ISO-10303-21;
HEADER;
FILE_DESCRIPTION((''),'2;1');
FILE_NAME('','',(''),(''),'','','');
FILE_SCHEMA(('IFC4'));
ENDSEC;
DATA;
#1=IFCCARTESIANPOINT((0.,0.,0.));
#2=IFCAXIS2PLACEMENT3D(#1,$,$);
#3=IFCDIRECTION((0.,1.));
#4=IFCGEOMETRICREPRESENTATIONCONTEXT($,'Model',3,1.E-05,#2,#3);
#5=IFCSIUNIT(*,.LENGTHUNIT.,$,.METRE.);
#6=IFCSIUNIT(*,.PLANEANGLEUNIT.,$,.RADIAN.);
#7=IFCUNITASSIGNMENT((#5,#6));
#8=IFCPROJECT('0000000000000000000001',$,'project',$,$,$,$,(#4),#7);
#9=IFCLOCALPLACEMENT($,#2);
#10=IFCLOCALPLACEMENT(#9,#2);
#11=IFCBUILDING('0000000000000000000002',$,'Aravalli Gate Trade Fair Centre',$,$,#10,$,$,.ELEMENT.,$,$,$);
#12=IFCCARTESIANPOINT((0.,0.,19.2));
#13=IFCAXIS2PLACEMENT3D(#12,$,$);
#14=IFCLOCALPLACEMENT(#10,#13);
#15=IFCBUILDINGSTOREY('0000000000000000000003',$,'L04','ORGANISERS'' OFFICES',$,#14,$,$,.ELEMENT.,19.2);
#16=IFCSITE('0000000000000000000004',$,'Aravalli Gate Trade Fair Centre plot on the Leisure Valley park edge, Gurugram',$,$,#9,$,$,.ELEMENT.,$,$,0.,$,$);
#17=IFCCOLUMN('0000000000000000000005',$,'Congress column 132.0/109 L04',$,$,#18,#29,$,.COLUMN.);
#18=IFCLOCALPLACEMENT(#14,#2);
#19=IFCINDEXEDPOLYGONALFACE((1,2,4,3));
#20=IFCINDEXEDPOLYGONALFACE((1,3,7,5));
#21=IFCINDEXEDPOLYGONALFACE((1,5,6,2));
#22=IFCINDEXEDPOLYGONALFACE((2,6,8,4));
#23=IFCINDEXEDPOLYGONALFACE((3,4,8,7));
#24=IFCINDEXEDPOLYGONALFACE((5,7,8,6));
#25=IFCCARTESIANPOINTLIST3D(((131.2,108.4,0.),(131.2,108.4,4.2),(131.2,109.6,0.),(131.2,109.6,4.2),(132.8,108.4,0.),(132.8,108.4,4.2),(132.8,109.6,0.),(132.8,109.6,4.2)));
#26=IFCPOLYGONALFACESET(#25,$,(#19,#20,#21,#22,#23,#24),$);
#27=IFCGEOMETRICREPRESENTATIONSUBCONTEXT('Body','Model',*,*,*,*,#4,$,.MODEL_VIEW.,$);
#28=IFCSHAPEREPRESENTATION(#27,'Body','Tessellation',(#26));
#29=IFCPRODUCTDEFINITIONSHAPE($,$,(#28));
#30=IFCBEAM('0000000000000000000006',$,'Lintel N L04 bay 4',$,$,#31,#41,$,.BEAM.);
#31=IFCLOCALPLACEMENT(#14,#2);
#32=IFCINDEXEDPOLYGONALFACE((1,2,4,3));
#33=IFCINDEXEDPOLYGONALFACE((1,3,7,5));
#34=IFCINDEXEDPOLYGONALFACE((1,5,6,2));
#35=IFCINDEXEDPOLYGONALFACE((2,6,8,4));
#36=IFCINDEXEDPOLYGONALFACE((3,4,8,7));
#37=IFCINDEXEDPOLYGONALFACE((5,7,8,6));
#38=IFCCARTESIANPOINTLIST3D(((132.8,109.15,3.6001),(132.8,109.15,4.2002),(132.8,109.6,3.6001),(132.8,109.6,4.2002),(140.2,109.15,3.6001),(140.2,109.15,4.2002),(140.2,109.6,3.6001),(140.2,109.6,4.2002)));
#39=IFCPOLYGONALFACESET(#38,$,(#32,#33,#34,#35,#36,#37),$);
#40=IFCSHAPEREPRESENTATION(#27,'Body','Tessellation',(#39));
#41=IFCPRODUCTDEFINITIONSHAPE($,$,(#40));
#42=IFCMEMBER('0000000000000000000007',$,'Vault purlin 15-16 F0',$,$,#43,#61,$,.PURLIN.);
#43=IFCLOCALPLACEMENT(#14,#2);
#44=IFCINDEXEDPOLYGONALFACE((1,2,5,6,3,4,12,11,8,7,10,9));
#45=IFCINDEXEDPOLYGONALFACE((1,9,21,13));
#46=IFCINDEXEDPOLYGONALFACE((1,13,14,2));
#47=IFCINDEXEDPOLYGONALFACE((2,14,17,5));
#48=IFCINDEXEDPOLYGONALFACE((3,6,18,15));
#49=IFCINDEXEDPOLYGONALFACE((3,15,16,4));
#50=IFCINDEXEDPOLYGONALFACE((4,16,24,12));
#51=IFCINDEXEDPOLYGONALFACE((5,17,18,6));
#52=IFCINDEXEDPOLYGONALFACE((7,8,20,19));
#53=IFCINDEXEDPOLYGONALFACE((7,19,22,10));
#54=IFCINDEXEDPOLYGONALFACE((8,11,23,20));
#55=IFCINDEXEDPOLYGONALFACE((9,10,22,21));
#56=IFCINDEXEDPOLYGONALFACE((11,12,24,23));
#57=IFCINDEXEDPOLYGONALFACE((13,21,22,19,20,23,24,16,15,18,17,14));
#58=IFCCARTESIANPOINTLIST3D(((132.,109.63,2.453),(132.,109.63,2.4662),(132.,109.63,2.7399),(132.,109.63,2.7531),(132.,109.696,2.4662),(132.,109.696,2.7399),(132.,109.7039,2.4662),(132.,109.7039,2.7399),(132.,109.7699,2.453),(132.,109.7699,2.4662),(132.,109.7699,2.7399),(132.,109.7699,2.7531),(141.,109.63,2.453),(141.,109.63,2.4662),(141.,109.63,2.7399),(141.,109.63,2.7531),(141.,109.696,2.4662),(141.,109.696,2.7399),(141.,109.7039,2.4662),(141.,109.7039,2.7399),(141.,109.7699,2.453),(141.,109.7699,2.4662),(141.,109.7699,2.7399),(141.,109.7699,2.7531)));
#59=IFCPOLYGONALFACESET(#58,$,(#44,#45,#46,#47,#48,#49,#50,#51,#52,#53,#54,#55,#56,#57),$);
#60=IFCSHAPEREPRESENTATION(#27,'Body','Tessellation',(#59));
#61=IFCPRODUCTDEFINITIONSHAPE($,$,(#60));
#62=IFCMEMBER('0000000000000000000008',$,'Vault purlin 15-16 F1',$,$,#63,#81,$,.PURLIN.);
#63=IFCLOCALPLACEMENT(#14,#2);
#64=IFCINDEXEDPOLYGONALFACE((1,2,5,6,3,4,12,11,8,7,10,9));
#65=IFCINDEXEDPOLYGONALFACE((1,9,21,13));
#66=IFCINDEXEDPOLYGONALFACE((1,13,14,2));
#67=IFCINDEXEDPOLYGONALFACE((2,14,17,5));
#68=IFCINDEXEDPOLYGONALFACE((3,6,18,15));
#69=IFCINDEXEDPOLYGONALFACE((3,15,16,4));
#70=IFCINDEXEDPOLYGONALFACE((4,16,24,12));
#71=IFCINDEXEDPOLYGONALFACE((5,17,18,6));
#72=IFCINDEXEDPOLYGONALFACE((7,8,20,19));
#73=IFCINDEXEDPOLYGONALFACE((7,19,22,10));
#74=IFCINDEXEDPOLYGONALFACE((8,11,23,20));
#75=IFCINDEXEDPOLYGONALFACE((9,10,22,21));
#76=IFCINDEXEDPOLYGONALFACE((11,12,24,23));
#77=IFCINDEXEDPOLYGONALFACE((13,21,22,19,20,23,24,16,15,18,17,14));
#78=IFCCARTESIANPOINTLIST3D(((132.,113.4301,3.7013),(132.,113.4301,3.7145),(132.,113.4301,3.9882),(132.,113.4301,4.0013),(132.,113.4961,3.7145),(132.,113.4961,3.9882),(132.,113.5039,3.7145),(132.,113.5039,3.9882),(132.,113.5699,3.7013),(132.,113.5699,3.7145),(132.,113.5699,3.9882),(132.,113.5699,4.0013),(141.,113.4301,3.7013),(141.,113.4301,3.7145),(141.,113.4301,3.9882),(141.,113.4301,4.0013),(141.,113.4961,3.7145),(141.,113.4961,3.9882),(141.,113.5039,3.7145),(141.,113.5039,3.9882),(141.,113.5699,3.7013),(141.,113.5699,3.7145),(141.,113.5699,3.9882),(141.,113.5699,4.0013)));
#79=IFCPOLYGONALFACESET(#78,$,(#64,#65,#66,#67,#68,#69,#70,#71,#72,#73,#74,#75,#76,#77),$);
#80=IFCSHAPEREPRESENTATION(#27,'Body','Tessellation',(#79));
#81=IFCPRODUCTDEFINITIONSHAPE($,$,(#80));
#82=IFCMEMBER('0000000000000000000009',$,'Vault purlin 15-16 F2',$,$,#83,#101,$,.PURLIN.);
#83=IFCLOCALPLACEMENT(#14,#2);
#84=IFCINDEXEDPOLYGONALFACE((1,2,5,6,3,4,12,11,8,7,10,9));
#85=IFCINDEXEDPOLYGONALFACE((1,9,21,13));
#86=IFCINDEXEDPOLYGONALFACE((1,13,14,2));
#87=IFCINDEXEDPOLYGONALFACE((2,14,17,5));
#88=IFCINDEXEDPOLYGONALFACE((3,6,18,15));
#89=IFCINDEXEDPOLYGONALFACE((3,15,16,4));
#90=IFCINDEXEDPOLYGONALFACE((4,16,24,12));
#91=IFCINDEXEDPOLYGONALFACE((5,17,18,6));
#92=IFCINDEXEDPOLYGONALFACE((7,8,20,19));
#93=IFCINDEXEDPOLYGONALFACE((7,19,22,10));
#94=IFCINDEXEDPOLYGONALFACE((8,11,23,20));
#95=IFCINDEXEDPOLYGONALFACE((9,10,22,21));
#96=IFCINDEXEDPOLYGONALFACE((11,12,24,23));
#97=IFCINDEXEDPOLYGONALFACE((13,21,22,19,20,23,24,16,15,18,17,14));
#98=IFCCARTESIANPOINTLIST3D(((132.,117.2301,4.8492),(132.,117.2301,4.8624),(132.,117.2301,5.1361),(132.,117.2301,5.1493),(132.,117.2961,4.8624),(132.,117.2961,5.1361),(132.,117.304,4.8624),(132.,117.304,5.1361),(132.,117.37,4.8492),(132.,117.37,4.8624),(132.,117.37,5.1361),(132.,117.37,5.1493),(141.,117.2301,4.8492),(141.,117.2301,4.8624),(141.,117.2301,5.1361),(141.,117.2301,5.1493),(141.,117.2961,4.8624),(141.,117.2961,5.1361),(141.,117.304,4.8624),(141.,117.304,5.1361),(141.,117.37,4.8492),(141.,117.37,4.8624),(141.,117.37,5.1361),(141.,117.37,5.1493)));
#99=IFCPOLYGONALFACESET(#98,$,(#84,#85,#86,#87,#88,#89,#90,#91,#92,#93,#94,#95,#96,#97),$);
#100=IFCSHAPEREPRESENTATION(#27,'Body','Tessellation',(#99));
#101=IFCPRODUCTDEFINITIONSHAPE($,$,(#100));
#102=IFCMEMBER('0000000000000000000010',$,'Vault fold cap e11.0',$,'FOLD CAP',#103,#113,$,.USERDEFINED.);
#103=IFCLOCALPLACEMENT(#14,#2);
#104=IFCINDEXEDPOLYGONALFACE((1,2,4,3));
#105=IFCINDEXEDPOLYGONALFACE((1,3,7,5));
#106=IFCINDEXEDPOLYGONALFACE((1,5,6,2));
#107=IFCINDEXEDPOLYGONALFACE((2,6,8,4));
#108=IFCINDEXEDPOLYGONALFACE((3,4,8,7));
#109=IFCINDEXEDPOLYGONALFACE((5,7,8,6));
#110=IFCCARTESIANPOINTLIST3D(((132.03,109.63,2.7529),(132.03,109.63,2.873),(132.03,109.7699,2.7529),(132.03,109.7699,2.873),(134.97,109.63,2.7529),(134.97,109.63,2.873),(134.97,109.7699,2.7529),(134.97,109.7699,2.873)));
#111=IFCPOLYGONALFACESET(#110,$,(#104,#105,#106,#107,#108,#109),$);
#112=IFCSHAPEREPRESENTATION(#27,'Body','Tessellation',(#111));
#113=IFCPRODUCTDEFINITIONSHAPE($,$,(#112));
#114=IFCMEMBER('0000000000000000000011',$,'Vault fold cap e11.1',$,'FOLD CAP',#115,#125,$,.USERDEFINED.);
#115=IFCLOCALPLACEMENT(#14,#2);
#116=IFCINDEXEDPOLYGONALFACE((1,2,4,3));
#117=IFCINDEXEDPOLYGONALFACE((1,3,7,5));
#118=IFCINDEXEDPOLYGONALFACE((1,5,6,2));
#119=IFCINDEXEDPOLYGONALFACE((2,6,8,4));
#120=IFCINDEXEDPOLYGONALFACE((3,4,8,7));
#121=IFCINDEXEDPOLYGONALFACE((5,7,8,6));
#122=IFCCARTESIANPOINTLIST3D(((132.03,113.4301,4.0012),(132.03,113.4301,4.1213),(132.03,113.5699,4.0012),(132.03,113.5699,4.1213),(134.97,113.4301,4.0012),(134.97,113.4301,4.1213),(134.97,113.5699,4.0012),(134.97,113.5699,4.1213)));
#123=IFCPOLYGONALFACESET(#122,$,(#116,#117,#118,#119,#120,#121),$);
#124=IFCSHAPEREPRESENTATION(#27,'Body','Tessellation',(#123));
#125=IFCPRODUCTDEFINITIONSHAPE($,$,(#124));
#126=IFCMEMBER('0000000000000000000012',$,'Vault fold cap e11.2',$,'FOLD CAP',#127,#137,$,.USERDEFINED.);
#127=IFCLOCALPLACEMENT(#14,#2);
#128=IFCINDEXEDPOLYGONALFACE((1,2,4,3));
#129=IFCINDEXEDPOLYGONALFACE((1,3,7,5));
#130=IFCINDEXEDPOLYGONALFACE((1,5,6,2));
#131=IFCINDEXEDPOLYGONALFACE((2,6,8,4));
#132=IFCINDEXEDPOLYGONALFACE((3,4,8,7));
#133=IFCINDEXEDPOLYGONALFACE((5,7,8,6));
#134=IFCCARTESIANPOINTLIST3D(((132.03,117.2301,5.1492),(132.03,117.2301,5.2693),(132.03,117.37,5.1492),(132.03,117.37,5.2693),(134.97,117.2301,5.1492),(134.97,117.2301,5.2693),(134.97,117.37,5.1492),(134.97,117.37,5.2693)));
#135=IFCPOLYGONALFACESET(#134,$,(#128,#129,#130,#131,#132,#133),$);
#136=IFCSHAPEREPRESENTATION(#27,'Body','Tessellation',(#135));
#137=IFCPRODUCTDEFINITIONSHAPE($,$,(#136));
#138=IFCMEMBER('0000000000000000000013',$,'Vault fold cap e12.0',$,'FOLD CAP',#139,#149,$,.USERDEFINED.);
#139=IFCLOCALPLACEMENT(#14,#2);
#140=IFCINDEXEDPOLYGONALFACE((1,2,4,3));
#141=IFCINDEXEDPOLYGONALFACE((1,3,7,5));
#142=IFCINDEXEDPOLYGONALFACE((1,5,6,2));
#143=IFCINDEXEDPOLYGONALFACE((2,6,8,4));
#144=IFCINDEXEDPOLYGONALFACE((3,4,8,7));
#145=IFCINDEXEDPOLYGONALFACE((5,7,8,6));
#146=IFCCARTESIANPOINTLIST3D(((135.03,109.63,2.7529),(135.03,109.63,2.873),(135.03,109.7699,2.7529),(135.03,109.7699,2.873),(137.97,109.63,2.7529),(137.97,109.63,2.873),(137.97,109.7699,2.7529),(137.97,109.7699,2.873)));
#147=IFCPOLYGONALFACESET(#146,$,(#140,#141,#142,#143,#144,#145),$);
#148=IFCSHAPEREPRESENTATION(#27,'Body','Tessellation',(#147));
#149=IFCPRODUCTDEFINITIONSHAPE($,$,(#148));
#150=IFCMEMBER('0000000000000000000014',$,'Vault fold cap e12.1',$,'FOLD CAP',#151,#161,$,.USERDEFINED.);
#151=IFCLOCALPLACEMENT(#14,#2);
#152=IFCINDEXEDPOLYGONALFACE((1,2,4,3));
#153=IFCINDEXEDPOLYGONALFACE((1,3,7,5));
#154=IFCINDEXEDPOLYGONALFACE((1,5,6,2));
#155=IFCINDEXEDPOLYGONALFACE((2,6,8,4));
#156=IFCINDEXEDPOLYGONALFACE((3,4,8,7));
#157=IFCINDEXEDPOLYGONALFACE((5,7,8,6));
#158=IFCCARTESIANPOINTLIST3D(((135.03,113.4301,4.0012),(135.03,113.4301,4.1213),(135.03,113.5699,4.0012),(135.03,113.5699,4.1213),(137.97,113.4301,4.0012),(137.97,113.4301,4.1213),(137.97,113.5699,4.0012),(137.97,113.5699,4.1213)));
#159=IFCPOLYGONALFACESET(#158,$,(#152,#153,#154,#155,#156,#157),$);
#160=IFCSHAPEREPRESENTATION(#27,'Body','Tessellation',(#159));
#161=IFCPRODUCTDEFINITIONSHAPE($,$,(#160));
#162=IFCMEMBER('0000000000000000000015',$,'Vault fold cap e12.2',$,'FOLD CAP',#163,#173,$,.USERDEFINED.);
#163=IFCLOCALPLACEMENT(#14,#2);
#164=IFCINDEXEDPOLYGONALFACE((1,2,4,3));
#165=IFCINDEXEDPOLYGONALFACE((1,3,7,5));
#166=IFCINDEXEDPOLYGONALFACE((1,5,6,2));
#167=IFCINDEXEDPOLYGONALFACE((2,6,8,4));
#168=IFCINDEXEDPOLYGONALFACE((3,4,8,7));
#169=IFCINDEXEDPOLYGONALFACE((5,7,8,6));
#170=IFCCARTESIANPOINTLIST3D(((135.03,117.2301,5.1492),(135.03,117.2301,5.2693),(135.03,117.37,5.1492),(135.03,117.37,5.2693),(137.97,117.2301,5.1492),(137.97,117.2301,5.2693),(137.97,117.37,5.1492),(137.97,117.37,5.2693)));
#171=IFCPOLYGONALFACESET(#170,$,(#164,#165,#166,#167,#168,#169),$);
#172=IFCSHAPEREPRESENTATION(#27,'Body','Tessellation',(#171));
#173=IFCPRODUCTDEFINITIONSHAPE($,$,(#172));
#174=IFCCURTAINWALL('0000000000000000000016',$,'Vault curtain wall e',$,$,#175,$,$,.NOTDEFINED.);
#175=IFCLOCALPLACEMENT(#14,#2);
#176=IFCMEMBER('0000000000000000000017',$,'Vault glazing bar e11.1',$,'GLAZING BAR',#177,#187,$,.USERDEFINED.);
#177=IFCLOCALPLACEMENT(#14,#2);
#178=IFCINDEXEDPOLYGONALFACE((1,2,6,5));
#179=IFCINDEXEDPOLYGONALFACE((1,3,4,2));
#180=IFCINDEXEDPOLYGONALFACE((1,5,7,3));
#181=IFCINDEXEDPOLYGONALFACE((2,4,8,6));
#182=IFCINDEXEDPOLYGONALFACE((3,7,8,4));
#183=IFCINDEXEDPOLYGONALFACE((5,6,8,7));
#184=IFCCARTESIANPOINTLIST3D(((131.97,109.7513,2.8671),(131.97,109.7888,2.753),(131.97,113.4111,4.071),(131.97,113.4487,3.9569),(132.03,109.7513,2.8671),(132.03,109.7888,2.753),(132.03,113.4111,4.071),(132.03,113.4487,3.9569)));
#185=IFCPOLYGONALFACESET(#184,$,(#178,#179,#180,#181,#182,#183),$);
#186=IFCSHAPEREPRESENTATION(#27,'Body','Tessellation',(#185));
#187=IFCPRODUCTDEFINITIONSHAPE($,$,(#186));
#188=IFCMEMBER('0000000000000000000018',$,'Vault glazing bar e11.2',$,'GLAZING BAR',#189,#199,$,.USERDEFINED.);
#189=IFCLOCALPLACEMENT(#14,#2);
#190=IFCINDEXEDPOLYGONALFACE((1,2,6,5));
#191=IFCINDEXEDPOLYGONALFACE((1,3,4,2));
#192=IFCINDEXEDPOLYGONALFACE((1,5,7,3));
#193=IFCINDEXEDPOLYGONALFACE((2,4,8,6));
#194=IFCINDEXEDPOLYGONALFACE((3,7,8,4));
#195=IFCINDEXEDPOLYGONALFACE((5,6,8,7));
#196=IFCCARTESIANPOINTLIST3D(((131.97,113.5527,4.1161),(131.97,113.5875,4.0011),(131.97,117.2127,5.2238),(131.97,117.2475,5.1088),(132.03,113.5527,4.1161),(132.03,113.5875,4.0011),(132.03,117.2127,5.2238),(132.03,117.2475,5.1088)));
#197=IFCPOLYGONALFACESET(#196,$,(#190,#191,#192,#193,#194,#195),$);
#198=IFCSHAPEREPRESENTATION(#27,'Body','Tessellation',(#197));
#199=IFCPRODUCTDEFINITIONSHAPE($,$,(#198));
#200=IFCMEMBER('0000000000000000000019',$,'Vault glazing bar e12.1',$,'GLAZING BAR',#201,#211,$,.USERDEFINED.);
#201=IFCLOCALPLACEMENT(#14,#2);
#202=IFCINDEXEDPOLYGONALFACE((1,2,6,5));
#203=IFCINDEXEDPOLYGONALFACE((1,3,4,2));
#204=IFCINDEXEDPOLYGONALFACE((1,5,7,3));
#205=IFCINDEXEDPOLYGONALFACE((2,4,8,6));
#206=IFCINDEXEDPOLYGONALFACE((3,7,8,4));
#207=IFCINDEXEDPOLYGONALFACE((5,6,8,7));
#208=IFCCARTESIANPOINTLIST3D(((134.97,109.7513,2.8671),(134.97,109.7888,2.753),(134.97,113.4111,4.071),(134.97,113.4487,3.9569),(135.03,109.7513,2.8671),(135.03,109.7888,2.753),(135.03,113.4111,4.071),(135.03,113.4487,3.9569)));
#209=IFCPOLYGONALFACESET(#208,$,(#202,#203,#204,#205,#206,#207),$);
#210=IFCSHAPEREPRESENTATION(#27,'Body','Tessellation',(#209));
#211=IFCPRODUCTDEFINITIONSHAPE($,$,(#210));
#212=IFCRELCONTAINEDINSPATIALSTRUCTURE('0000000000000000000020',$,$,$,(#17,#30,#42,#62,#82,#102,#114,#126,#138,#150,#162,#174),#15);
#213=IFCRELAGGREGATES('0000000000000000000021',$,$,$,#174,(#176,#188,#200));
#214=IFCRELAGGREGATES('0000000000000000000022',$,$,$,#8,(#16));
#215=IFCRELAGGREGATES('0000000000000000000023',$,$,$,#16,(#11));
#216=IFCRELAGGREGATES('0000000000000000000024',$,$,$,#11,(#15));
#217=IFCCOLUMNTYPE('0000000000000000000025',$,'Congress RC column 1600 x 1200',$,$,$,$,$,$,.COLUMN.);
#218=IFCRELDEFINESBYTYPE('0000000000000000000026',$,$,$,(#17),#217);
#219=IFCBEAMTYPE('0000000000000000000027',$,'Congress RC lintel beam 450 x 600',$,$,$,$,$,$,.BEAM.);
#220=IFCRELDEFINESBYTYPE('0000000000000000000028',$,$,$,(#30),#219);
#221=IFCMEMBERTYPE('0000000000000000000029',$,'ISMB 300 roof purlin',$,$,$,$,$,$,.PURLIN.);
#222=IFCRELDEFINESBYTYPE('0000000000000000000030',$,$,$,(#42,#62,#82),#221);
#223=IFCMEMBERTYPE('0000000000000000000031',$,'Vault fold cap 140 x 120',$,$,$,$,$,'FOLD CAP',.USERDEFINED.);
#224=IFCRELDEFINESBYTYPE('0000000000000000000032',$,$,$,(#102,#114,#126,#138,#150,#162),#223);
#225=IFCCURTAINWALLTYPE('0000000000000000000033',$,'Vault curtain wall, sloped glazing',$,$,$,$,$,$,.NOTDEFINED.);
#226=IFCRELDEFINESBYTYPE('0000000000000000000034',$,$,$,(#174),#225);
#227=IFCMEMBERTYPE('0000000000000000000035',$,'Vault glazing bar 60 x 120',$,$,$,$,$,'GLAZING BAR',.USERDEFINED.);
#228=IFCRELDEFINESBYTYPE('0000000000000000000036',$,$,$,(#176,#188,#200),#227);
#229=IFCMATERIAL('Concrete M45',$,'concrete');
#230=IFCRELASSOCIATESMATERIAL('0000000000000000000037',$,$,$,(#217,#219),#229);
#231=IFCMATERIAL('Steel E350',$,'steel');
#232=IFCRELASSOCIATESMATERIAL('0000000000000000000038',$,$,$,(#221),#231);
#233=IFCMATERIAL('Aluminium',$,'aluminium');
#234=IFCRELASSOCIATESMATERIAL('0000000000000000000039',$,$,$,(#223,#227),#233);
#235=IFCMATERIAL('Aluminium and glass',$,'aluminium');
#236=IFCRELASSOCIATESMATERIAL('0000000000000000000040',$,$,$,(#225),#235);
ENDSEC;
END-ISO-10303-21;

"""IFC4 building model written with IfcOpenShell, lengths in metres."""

from ifc_helpers import new_model, si_unit, direction, frame, origin, origin_2d, place, context, subcontext, project, spatial, rectangle, i_section, extrude, material, material_profile, profile_set, type_object, element, aggregate, save


model = new_model("IFC4")

# Units and contexts
model_context = context("Model", 3, precision=1e-05, world=origin(), true_north=direction((0.0, 1.0)))
body_context = subcontext(model_context, "Body", "Model", "MODEL_VIEW")
ifc_project = project(units=[si_unit("LENGTHUNIT", "METRE"), si_unit("PLANEANGLEUNIT", "RADIAN")], contexts=[model_context])

# Site, building, storey
site_placement = place(None, origin())
site = spatial("IfcSite", under=ifc_project, at=site_placement, Name="Aravalli Gate Trade Fair Centre plot on the Leisure Valley park edge, Gurugram", CompositionType="ELEMENT", RefElevation=0.0)
building_placement = place(site_placement, origin())
building = spatial("IfcBuilding", under=site, at=building_placement, Name="Aravalli Gate Trade Fair Centre", CompositionType="ELEMENT")
storey_placement = place(building_placement, frame((0.0, 0.0, 19.2)))
storey = spatial("IfcBuildingStorey", under=building, at=storey_placement, Name="L04", Description="ORGANISERS' OFFICES", CompositionType="ELEMENT", Elevation=19.2)

# Column
ifc_material_1 = material(Name="Concrete M45", Category="concrete")
ifc_material_profile_1 = material_profile(ifc_material_1, rectangle(XDim=1.6001, YDim=1.2, at=origin_2d()), Name="RC 1600x1200")
ifc_profile_set_1 = profile_set([ifc_material_profile_1], Name="Concrete M45")
column_type = type_object("IfcColumnType", Name="Congress RC column 1600 x 1200", PredefinedType="COLUMN", material=ifc_profile_set_1)
column_placement = place(storey_placement, frame((132.0, 109.0, 0.0), z_axis=(0.0, 0.0, 1.0), x_axis=(1.0, 0.0, 0.0)))
element("IfcColumn", 1, at=column_placement, inside=storey, type_object=column_type, Name="Congress column 132.0/109 L04", PredefinedType="COLUMN", context=body_context, shape_type="SweptSolid", body=[
    extrude(rectangle(XDim=1.6001, YDim=1.2, at=origin_2d()), origin(), (0.0, 0.0, 1.0), 4.2),
])

# Beam
ifc_material_profile_2 = material_profile(ifc_material_1, rectangle(XDim=0.45, YDim=0.6001, at=origin_2d()), Name="RC 450x600")
ifc_profile_set_2 = profile_set([ifc_material_profile_2], Name="Concrete M45")
beam_type = type_object("IfcBeamType", Name="Congress RC lintel beam 450 x 600", PredefinedType="BEAM", material=ifc_profile_set_2)
beam_placement = place(storey_placement, frame((132.8, 109.375, 3.9001), z_axis=(1.0, 0.0, 0.0), x_axis=(0.0, 1.0, 0.0)))
element("IfcBeam", 2, at=beam_placement, inside=storey, type_object=beam_type, Name="Lintel N L04 bay 4", PredefinedType="BEAM", context=body_context, shape_type="SweptSolid", body=[
    extrude(rectangle(XDim=0.45, YDim=0.6001, at=origin_2d()), origin(), (0.0, 0.0, 1.0), 7.3999),
])

# Members
ifc_material_2 = material(Name="Steel E350", Category="steel")
ifc_material_profile_3 = material_profile(ifc_material_2, i_section(OverallWidth=0.1399, OverallDepth=0.3, WebThickness=0.0078, FlangeThickness=0.0132, at=origin_2d()), Name="ISMB 300")
ifc_profile_set_3 = profile_set([ifc_material_profile_3], Name="Steel E350")
member_type_1 = type_object("IfcMemberType", Name="ISMB 300 roof purlin", PredefinedType="PURLIN", material=ifc_profile_set_3)
for number, where, z_axis, x_axis, name in (
    (3, (132.0, 109.7, 2.603), (1.0, 0.0, 0.0), (0.0, 1.0, 0.0), "Vault purlin 15-16 F0"),
    (4, (132.0, 113.5, 3.8513), (1.0, 0.0, 0.0), (0.0, 1.0, 0.0), "Vault purlin 15-16 F1"),
    (5, (132.0, 117.3, 4.9993), (1.0, 0.0, 0.0), (0.0, 1.0, 0.0), "Vault purlin 15-16 F2"),
):
    element("IfcMember", number, at=place(storey_placement, frame(where, z_axis=z_axis, x_axis=x_axis)), inside=storey, type_object=member_type_1, Name=name, PredefinedType="PURLIN", context=body_context, shape_type="SweptSolid", body=[
        extrude(i_section(OverallWidth=0.1399, OverallDepth=0.3, WebThickness=0.0078, FlangeThickness=0.0132, at=origin_2d()), origin(), (0.0, 0.0, 1.0), 9.0),
    ])
ifc_material_3 = material(Name="Aluminium", Category="aluminium")
ifc_material_profile_4 = material_profile(ifc_material_3, rectangle(XDim=0.1399, YDim=0.1201, at=origin_2d()), Name="Vault fold cap 140 x 120")
ifc_profile_set_4 = profile_set([ifc_material_profile_4], Name="Aluminium")
member_type_2 = type_object("IfcMemberType", Name="Vault fold cap 140 x 120", ElementType="FOLD CAP", PredefinedType="USERDEFINED", material=ifc_profile_set_4)
for number, where, z_axis, x_axis, name in (
    (6, (132.03, 109.7, 2.813), (1.0, 0.0, 0.0), (0.0, 1.0, 0.0), "Vault fold cap e11.0"),
    (7, (132.03, 113.5, 4.0613), (1.0, 0.0, 0.0), (0.0, 1.0, 0.0), "Vault fold cap e11.1"),
    (8, (132.03, 117.3, 5.2092), (1.0, 0.0, 0.0), (0.0, 1.0, 0.0), "Vault fold cap e11.2"),
    (9, (135.03, 109.7, 2.813), (1.0, 0.0, 0.0), (0.0, 1.0, 0.0), "Vault fold cap e12.0"),
    (10, (135.03, 113.5, 4.0613), (1.0, 0.0, 0.0), (0.0, 1.0, 0.0), "Vault fold cap e12.1"),
    (11, (135.03, 117.3, 5.2092), (1.0, 0.0, 0.0), (0.0, 1.0, 0.0), "Vault fold cap e12.2"),
):
    element("IfcMember", number, at=place(storey_placement, frame(where, z_axis=z_axis, x_axis=x_axis)), inside=storey, type_object=member_type_2, Name=name, ObjectType="FOLD CAP", PredefinedType="USERDEFINED", context=body_context, shape_type="SweptSolid", body=[
        extrude(rectangle(XDim=0.1399, YDim=0.1201, at=origin_2d()), origin(), (0.0, 0.0, 1.0), 2.9399),
    ])

# Curtain wall, members
ifc_material_4 = material(Name="Aluminium and glass", Category="aluminium")
curtain_wall_type = type_object("IfcCurtainWallType", Name="Vault curtain wall, sloped glazing", PredefinedType="NOTDEFINED", material=ifc_material_4)
curtain_wall_placement = place(storey_placement, origin())
curtain_wall = element("IfcCurtainWall", 12, at=curtain_wall_placement, inside=storey, type_object=curtain_wall_type, Name="Vault curtain wall e", PredefinedType="NOTDEFINED")
ifc_material_profile_5 = material_profile(ifc_material_3, rectangle(XDim=0.0601, YDim=0.1201, at=origin_2d()), Name="Vault glazing bar 60 x 120")
ifc_profile_set_5 = profile_set([ifc_material_profile_5], Name="Aluminium")
member_type_3 = type_object("IfcMemberType", Name="Vault glazing bar 60 x 120", ElementType="GLAZING BAR", PredefinedType="USERDEFINED", material=ifc_profile_set_5)
member_1_placement = place(storey_placement, frame((132.0, 109.77, 2.8101), z_axis=(0.0, 0.94993, 0.312461), x_axis=(-1.0, 0.0, 0.0)))
member_1 = element("IfcMember", 13, at=member_1_placement, type_object=member_type_3, Name="Vault glazing bar e11.1", ObjectType="GLAZING BAR", PredefinedType="USERDEFINED", context=body_context, shape_type="SweptSolid", body=[
    extrude(rectangle(XDim=0.0601, YDim=0.1201, at=origin_2d()), origin(), (0.0, 0.0, 1.0), 3.8528),
])
member_2_placement = place(storey_placement, frame((132.0, 113.5701, 4.0586), z_axis=(0.0, 0.957126, 0.289672), x_axis=(-1.0, 0.0, 0.0)))
member_2 = element("IfcMember", 14, at=member_2_placement, type_object=member_type_3, Name="Vault glazing bar e11.2", ObjectType="GLAZING BAR", PredefinedType="USERDEFINED", context=body_context, shape_type="SweptSolid", body=[
    extrude(rectangle(XDim=0.0601, YDim=0.1201, at=origin_2d()), origin(), (0.0, 0.0, 1.0), 3.824),
])
member_3_placement = place(storey_placement, frame((135.0, 109.77, 2.8101), z_axis=(0.0, 0.94993, 0.312461), x_axis=(-1.0, 0.0, 0.0)))
member_3 = element("IfcMember", 15, at=member_3_placement, type_object=member_type_3, Name="Vault glazing bar e12.1", ObjectType="GLAZING BAR", PredefinedType="USERDEFINED", context=body_context, shape_type="SweptSolid", body=[
    extrude(rectangle(XDim=0.0601, YDim=0.1201, at=origin_2d()), origin(), (0.0, 0.0, 1.0), 3.8528),
])
aggregate(curtain_wall, [member_1, member_2, member_3])

save(model, "model.ifc")
